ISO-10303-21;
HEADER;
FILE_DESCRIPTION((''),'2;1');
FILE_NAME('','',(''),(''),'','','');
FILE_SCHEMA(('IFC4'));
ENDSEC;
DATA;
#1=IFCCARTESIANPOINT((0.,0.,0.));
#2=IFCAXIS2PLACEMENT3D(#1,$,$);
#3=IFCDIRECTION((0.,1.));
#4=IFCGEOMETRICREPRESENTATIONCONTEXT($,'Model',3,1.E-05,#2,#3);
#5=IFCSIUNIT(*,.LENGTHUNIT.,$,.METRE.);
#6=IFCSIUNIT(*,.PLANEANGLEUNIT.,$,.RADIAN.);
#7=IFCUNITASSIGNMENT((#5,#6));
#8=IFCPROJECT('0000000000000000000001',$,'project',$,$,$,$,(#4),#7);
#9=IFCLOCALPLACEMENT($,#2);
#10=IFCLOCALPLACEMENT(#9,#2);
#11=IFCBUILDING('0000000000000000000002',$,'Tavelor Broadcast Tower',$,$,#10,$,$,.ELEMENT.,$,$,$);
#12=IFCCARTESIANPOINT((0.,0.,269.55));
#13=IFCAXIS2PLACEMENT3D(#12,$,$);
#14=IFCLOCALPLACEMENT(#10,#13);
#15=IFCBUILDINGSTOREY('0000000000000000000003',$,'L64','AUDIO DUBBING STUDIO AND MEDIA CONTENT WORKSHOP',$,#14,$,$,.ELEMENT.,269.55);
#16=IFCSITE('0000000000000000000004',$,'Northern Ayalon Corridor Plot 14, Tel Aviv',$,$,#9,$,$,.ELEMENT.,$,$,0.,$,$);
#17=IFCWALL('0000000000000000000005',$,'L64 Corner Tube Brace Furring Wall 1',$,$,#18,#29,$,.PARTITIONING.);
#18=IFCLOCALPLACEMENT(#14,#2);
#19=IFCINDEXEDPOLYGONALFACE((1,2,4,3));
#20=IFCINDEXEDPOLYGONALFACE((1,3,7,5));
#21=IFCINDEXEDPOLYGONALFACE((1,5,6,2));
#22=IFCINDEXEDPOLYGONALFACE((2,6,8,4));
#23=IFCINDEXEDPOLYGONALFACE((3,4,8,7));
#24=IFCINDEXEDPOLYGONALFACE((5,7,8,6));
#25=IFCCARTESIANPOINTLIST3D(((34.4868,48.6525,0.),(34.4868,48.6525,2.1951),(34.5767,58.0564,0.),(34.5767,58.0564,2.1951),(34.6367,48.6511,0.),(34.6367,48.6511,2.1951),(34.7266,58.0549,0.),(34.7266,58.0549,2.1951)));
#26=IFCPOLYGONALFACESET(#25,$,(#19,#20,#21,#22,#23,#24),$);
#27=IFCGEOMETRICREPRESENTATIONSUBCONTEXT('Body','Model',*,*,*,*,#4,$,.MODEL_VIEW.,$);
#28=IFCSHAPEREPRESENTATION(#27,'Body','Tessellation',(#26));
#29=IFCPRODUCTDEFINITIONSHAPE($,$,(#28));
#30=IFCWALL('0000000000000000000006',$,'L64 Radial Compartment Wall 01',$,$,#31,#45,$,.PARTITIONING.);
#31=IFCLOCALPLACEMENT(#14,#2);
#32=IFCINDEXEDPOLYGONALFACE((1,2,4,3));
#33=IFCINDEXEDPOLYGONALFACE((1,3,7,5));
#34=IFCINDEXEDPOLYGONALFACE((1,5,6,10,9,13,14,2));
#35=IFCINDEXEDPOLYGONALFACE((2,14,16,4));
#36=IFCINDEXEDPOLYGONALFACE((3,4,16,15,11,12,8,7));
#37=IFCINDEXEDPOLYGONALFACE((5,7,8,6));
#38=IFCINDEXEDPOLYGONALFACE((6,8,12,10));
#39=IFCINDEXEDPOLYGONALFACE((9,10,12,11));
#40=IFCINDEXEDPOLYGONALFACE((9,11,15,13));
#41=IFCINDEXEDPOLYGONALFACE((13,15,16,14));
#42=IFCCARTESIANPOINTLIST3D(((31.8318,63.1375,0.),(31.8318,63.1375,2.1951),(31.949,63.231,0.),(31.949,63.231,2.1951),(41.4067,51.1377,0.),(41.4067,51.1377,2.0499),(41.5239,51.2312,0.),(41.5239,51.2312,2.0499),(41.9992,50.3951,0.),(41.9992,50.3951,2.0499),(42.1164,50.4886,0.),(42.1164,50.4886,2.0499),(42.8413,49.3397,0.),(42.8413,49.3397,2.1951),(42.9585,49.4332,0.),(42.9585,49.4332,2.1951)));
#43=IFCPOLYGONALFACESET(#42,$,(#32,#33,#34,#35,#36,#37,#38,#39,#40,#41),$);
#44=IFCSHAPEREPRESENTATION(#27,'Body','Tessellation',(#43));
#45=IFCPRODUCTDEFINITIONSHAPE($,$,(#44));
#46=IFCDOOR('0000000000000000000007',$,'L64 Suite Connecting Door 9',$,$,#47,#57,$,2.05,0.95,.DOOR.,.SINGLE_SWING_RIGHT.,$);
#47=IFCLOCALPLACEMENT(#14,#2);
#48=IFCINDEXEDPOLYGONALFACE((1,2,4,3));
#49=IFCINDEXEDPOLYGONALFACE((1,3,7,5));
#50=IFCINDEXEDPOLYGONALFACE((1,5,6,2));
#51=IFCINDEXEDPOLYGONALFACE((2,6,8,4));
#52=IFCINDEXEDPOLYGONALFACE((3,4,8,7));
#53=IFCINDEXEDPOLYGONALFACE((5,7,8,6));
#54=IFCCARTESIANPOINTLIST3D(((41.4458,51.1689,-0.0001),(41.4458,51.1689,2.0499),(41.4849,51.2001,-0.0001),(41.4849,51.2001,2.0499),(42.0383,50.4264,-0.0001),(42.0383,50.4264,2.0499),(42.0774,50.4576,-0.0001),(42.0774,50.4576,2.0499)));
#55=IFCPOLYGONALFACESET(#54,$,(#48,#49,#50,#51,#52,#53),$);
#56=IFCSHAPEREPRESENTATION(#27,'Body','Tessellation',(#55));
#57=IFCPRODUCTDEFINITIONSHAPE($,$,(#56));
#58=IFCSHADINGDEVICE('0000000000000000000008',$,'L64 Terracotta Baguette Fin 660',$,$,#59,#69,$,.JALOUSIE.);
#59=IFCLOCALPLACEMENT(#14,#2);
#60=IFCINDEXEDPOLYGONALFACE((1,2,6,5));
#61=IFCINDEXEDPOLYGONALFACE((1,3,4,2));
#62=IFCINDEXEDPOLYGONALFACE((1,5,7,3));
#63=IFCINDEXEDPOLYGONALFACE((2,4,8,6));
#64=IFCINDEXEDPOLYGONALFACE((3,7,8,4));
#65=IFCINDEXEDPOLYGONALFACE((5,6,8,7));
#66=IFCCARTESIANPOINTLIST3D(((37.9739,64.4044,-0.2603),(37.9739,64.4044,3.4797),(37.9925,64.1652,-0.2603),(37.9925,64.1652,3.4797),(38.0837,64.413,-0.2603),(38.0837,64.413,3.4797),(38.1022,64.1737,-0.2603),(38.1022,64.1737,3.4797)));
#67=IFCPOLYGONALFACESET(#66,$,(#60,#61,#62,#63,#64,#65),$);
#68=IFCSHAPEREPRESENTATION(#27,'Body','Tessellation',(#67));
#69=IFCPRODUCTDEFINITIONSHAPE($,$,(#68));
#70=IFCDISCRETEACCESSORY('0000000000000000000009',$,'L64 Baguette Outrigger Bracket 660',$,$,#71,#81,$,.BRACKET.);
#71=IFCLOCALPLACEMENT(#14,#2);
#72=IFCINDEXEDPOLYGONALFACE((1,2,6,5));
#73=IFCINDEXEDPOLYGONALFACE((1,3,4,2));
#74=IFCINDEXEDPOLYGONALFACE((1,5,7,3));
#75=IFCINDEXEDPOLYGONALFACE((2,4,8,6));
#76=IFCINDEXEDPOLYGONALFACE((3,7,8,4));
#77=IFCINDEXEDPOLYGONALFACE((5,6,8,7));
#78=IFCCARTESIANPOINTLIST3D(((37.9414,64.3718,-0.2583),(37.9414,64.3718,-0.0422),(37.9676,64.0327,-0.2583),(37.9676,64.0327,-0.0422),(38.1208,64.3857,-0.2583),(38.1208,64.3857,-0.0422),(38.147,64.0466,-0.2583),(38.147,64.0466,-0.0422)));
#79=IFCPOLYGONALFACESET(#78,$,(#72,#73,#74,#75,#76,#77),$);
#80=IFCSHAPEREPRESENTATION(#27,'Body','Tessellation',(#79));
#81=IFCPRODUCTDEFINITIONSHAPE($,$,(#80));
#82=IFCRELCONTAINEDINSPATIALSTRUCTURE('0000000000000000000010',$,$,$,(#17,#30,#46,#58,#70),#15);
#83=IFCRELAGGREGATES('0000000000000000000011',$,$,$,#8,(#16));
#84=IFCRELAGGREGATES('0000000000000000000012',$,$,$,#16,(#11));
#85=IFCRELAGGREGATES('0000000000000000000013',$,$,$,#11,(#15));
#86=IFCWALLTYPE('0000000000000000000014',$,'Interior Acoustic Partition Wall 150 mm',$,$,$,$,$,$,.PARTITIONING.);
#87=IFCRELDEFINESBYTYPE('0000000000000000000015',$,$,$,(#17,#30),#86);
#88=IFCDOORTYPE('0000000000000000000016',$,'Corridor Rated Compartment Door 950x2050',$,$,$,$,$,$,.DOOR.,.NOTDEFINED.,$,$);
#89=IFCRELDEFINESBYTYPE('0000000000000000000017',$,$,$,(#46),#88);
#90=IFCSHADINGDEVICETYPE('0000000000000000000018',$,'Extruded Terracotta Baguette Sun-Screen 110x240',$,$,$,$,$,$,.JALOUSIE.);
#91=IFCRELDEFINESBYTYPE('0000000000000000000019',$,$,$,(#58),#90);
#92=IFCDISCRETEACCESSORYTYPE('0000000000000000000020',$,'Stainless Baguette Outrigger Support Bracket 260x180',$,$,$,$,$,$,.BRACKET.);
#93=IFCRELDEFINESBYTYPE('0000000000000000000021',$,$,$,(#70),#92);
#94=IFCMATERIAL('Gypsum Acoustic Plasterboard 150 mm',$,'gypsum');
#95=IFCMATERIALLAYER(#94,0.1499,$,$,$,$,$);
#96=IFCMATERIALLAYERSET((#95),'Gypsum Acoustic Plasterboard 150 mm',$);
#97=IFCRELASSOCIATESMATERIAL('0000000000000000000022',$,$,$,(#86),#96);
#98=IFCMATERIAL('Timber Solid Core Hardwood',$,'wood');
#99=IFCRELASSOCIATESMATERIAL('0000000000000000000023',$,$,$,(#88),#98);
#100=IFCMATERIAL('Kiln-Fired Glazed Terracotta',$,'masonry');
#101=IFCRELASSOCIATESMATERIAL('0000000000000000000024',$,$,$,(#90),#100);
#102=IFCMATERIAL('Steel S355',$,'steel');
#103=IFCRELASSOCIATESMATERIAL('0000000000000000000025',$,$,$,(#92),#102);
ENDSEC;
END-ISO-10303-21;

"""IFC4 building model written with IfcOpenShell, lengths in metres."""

from ifc_helpers import new_model, si_unit, direction, frame, frame_2d, origin, origin_2d, place, context, subcontext, project, spatial, rectangle, extrude, source, transform, mapped, material, layer, layer_set, type_object, type_shapes, element, fill, save


model = new_model("IFC4")

# Units and contexts
model_context = context("Model", 3, precision=1e-05, world=origin(), true_north=direction((0.0, 1.0)))
body_context = subcontext(model_context, "Body", "Model", "MODEL_VIEW")
ifc_project = project(units=[si_unit("LENGTHUNIT", "METRE"), si_unit("PLANEANGLEUNIT", "RADIAN")], contexts=[model_context])

# Site, building, storey
site_placement = place(None, origin())
site = spatial("IfcSite", under=ifc_project, at=site_placement, Name="Northern Ayalon Corridor Plot 14, Tel Aviv", CompositionType="ELEMENT", RefElevation=0.0)
building_placement = place(site_placement, origin())
building = spatial("IfcBuilding", under=site, at=building_placement, Name="Tavelor Broadcast Tower", CompositionType="ELEMENT")
storey_placement = place(building_placement, frame((0.0, 0.0, 269.55)))
storey = spatial("IfcBuildingStorey", under=building, at=storey_placement, Name="L64", Description="AUDIO DUBBING STUDIO AND MEDIA CONTENT WORKSHOP", CompositionType="ELEMENT", Elevation=269.55)

# Shared definitions
ifc_material_1 = material(Name="Steel S355", Category="steel")

# Wall
ifc_material_2 = material(Name="Gypsum Acoustic Plasterboard 150 mm", Category="gypsum")
ifc_layer_1 = layer(ifc_material_2, 0.1499)
ifc_layer_set_1 = layer_set([ifc_layer_1], Name="Gypsum Acoustic Plasterboard 150 mm")
wall_type_1 = type_object("IfcWallType", Name="Interior Acoustic Partition Wall 150 mm", PredefinedType="PARTITIONING", material=ifc_layer_set_1)
wall_1_placement = place(storey_placement, frame((34.6516, 58.0557, 0.0), z_axis=(0.0, 0.0, 1.0), x_axis=(-0.009554, -0.999954, 0.0)))
element("IfcWall", 1, at=wall_1_placement, inside=storey, type_object=wall_type_1, Name="L64 Corner Tube Brace Furring Wall 1", PredefinedType="PARTITIONING", context=body_context, shape_type="SweptSolid", body=[
    extrude(rectangle(XDim=9.4043, YDim=0.1499, at=frame_2d((4.7021, 0.0))), origin(), (0.0, 0.0, 1.0), 2.1951),
])

# Wall, opening, door
wall_2_placement = place(storey_placement, frame((42.8999, 49.3865, 0.0), z_axis=(0.0, 0.0, 1.0), x_axis=(-0.623701, 0.781663, 0.0)))
wall_2 = element("IfcWall", 2, at=wall_2_placement, inside=storey, type_object=wall_type_1, Name="L64 Radial Compartment Wall 01", PredefinedType="PARTITIONING", context=body_context, shape_type="SweptSolid", body=[
    extrude(rectangle(XDim=17.6519, YDim=0.1499, at=frame_2d((8.8259, 0.0))), origin(), (0.0, 0.0, 1.0), 2.1951),
])
opening_1_placement = place(wall_2_placement, frame((1.3501, 0.0, 0.0)))
opening_1 = element("IfcOpeningElement", 3, at=opening_1_placement, cuts=wall_2, PredefinedType="OPENING", context=body_context, shape_type="SweptSolid", body=[
    extrude(rectangle(XDim=0.95, YDim=2.05, at=frame_2d((0.4751, 1.0249))), frame((0.0, 0.085, 0.0), z_axis=(0.0, -1.0, 0.0), x_axis=(1.0, 0.0, 0.0)), (0.0, 0.0, 1.0), 0.1699),
])
ifc_material_3 = material(Name="Timber Solid Core Hardwood", Category="wood")
door_type_1 = type_object("IfcDoorType", Name="Corridor Rated Compartment Door 950x2050", OperationType="NOTDEFINED", PredefinedType="DOOR", material=ifc_material_3)
door_1_placement = place(opening_1_placement, origin())
door_1 = element("IfcDoor", 4, at=door_1_placement, inside=storey, type_object=door_type_1, Name="L64 Suite Connecting Door 9", OperationType="SINGLE_SWING_RIGHT", OverallHeight=2.05, OverallWidth=0.95, PredefinedType="DOOR", context=body_context, shape_type="SweptSolid", body=[
    extrude(rectangle(XDim=0.95, YDim=2.05, at=frame_2d((0.4751, 1.0249))), frame((0.0, 0.0249, 0.0), z_axis=(0.0, -1.0, 0.0), x_axis=(1.0, 0.0, 0.0)), (0.0, 0.0, 1.0), 0.05),
])
fill(opening_1, door_1)

# Shading device
ifc_material_4 = material(Name="Kiln-Fired Glazed Terracotta", Category="masonry")
shading_device_type = type_object("IfcShadingDeviceType", Name="Extruded Terracotta Baguette Sun-Screen 110x240", PredefinedType="JALOUSIE", material=ifc_material_4)
shared_shape_1 = source(origin(), body_context, "Body", "SweptSolid", [
    extrude(rectangle(XDim=0.1101, YDim=0.24, at=origin_2d()), origin(), (0.0, 0.0, 1.0), 3.74),
])
type_shapes(shading_device_type, [shared_shape_1])
shading_device_placement = place(storey_placement, frame((38.0381, 64.2891, -0.2603), z_axis=(0.0, 0.0, 1.0), x_axis=(-0.997012, -0.077241, 0.0)))
element("IfcShadingDevice", 5, at=shading_device_placement, inside=storey, type_object=shading_device_type, Name="L64 Terracotta Baguette Fin 660", PredefinedType="JALOUSIE", context=body_context, shape_type="MappedRepresentation", body=[
    mapped(shared_shape_1, transform((0.0, 0.0, 0.0), scale=1.0)),
])

# Discrete accessory
discrete_accessory_type = type_object("IfcDiscreteAccessoryType", Name="Stainless Baguette Outrigger Support Bracket 260x180", PredefinedType="BRACKET", material=ifc_material_1)
shared_shape_2 = source(origin(), body_context, "Body", "SweptSolid", [
    extrude(rectangle(XDim=0.1799, YDim=0.3401, at=origin_2d()), origin(), (0.0, 0.0, 1.0), 0.2161),
])
type_shapes(discrete_accessory_type, [shared_shape_2])
discrete_accessory_placement = place(storey_placement, frame((38.0442, 64.2092, -0.2583), z_axis=(0.0, 0.0, 1.0), x_axis=(-0.997012, -0.077241, 0.0)))
element("IfcDiscreteAccessory", 6, at=discrete_accessory_placement, inside=storey, type_object=discrete_accessory_type, Name="L64 Baguette Outrigger Bracket 660", PredefinedType="BRACKET", context=body_context, shape_type="MappedRepresentation", body=[
    mapped(shared_shape_2, transform((0.0, 0.0, 0.0), scale=1.0)),
])

save(model, "model.ifc")
